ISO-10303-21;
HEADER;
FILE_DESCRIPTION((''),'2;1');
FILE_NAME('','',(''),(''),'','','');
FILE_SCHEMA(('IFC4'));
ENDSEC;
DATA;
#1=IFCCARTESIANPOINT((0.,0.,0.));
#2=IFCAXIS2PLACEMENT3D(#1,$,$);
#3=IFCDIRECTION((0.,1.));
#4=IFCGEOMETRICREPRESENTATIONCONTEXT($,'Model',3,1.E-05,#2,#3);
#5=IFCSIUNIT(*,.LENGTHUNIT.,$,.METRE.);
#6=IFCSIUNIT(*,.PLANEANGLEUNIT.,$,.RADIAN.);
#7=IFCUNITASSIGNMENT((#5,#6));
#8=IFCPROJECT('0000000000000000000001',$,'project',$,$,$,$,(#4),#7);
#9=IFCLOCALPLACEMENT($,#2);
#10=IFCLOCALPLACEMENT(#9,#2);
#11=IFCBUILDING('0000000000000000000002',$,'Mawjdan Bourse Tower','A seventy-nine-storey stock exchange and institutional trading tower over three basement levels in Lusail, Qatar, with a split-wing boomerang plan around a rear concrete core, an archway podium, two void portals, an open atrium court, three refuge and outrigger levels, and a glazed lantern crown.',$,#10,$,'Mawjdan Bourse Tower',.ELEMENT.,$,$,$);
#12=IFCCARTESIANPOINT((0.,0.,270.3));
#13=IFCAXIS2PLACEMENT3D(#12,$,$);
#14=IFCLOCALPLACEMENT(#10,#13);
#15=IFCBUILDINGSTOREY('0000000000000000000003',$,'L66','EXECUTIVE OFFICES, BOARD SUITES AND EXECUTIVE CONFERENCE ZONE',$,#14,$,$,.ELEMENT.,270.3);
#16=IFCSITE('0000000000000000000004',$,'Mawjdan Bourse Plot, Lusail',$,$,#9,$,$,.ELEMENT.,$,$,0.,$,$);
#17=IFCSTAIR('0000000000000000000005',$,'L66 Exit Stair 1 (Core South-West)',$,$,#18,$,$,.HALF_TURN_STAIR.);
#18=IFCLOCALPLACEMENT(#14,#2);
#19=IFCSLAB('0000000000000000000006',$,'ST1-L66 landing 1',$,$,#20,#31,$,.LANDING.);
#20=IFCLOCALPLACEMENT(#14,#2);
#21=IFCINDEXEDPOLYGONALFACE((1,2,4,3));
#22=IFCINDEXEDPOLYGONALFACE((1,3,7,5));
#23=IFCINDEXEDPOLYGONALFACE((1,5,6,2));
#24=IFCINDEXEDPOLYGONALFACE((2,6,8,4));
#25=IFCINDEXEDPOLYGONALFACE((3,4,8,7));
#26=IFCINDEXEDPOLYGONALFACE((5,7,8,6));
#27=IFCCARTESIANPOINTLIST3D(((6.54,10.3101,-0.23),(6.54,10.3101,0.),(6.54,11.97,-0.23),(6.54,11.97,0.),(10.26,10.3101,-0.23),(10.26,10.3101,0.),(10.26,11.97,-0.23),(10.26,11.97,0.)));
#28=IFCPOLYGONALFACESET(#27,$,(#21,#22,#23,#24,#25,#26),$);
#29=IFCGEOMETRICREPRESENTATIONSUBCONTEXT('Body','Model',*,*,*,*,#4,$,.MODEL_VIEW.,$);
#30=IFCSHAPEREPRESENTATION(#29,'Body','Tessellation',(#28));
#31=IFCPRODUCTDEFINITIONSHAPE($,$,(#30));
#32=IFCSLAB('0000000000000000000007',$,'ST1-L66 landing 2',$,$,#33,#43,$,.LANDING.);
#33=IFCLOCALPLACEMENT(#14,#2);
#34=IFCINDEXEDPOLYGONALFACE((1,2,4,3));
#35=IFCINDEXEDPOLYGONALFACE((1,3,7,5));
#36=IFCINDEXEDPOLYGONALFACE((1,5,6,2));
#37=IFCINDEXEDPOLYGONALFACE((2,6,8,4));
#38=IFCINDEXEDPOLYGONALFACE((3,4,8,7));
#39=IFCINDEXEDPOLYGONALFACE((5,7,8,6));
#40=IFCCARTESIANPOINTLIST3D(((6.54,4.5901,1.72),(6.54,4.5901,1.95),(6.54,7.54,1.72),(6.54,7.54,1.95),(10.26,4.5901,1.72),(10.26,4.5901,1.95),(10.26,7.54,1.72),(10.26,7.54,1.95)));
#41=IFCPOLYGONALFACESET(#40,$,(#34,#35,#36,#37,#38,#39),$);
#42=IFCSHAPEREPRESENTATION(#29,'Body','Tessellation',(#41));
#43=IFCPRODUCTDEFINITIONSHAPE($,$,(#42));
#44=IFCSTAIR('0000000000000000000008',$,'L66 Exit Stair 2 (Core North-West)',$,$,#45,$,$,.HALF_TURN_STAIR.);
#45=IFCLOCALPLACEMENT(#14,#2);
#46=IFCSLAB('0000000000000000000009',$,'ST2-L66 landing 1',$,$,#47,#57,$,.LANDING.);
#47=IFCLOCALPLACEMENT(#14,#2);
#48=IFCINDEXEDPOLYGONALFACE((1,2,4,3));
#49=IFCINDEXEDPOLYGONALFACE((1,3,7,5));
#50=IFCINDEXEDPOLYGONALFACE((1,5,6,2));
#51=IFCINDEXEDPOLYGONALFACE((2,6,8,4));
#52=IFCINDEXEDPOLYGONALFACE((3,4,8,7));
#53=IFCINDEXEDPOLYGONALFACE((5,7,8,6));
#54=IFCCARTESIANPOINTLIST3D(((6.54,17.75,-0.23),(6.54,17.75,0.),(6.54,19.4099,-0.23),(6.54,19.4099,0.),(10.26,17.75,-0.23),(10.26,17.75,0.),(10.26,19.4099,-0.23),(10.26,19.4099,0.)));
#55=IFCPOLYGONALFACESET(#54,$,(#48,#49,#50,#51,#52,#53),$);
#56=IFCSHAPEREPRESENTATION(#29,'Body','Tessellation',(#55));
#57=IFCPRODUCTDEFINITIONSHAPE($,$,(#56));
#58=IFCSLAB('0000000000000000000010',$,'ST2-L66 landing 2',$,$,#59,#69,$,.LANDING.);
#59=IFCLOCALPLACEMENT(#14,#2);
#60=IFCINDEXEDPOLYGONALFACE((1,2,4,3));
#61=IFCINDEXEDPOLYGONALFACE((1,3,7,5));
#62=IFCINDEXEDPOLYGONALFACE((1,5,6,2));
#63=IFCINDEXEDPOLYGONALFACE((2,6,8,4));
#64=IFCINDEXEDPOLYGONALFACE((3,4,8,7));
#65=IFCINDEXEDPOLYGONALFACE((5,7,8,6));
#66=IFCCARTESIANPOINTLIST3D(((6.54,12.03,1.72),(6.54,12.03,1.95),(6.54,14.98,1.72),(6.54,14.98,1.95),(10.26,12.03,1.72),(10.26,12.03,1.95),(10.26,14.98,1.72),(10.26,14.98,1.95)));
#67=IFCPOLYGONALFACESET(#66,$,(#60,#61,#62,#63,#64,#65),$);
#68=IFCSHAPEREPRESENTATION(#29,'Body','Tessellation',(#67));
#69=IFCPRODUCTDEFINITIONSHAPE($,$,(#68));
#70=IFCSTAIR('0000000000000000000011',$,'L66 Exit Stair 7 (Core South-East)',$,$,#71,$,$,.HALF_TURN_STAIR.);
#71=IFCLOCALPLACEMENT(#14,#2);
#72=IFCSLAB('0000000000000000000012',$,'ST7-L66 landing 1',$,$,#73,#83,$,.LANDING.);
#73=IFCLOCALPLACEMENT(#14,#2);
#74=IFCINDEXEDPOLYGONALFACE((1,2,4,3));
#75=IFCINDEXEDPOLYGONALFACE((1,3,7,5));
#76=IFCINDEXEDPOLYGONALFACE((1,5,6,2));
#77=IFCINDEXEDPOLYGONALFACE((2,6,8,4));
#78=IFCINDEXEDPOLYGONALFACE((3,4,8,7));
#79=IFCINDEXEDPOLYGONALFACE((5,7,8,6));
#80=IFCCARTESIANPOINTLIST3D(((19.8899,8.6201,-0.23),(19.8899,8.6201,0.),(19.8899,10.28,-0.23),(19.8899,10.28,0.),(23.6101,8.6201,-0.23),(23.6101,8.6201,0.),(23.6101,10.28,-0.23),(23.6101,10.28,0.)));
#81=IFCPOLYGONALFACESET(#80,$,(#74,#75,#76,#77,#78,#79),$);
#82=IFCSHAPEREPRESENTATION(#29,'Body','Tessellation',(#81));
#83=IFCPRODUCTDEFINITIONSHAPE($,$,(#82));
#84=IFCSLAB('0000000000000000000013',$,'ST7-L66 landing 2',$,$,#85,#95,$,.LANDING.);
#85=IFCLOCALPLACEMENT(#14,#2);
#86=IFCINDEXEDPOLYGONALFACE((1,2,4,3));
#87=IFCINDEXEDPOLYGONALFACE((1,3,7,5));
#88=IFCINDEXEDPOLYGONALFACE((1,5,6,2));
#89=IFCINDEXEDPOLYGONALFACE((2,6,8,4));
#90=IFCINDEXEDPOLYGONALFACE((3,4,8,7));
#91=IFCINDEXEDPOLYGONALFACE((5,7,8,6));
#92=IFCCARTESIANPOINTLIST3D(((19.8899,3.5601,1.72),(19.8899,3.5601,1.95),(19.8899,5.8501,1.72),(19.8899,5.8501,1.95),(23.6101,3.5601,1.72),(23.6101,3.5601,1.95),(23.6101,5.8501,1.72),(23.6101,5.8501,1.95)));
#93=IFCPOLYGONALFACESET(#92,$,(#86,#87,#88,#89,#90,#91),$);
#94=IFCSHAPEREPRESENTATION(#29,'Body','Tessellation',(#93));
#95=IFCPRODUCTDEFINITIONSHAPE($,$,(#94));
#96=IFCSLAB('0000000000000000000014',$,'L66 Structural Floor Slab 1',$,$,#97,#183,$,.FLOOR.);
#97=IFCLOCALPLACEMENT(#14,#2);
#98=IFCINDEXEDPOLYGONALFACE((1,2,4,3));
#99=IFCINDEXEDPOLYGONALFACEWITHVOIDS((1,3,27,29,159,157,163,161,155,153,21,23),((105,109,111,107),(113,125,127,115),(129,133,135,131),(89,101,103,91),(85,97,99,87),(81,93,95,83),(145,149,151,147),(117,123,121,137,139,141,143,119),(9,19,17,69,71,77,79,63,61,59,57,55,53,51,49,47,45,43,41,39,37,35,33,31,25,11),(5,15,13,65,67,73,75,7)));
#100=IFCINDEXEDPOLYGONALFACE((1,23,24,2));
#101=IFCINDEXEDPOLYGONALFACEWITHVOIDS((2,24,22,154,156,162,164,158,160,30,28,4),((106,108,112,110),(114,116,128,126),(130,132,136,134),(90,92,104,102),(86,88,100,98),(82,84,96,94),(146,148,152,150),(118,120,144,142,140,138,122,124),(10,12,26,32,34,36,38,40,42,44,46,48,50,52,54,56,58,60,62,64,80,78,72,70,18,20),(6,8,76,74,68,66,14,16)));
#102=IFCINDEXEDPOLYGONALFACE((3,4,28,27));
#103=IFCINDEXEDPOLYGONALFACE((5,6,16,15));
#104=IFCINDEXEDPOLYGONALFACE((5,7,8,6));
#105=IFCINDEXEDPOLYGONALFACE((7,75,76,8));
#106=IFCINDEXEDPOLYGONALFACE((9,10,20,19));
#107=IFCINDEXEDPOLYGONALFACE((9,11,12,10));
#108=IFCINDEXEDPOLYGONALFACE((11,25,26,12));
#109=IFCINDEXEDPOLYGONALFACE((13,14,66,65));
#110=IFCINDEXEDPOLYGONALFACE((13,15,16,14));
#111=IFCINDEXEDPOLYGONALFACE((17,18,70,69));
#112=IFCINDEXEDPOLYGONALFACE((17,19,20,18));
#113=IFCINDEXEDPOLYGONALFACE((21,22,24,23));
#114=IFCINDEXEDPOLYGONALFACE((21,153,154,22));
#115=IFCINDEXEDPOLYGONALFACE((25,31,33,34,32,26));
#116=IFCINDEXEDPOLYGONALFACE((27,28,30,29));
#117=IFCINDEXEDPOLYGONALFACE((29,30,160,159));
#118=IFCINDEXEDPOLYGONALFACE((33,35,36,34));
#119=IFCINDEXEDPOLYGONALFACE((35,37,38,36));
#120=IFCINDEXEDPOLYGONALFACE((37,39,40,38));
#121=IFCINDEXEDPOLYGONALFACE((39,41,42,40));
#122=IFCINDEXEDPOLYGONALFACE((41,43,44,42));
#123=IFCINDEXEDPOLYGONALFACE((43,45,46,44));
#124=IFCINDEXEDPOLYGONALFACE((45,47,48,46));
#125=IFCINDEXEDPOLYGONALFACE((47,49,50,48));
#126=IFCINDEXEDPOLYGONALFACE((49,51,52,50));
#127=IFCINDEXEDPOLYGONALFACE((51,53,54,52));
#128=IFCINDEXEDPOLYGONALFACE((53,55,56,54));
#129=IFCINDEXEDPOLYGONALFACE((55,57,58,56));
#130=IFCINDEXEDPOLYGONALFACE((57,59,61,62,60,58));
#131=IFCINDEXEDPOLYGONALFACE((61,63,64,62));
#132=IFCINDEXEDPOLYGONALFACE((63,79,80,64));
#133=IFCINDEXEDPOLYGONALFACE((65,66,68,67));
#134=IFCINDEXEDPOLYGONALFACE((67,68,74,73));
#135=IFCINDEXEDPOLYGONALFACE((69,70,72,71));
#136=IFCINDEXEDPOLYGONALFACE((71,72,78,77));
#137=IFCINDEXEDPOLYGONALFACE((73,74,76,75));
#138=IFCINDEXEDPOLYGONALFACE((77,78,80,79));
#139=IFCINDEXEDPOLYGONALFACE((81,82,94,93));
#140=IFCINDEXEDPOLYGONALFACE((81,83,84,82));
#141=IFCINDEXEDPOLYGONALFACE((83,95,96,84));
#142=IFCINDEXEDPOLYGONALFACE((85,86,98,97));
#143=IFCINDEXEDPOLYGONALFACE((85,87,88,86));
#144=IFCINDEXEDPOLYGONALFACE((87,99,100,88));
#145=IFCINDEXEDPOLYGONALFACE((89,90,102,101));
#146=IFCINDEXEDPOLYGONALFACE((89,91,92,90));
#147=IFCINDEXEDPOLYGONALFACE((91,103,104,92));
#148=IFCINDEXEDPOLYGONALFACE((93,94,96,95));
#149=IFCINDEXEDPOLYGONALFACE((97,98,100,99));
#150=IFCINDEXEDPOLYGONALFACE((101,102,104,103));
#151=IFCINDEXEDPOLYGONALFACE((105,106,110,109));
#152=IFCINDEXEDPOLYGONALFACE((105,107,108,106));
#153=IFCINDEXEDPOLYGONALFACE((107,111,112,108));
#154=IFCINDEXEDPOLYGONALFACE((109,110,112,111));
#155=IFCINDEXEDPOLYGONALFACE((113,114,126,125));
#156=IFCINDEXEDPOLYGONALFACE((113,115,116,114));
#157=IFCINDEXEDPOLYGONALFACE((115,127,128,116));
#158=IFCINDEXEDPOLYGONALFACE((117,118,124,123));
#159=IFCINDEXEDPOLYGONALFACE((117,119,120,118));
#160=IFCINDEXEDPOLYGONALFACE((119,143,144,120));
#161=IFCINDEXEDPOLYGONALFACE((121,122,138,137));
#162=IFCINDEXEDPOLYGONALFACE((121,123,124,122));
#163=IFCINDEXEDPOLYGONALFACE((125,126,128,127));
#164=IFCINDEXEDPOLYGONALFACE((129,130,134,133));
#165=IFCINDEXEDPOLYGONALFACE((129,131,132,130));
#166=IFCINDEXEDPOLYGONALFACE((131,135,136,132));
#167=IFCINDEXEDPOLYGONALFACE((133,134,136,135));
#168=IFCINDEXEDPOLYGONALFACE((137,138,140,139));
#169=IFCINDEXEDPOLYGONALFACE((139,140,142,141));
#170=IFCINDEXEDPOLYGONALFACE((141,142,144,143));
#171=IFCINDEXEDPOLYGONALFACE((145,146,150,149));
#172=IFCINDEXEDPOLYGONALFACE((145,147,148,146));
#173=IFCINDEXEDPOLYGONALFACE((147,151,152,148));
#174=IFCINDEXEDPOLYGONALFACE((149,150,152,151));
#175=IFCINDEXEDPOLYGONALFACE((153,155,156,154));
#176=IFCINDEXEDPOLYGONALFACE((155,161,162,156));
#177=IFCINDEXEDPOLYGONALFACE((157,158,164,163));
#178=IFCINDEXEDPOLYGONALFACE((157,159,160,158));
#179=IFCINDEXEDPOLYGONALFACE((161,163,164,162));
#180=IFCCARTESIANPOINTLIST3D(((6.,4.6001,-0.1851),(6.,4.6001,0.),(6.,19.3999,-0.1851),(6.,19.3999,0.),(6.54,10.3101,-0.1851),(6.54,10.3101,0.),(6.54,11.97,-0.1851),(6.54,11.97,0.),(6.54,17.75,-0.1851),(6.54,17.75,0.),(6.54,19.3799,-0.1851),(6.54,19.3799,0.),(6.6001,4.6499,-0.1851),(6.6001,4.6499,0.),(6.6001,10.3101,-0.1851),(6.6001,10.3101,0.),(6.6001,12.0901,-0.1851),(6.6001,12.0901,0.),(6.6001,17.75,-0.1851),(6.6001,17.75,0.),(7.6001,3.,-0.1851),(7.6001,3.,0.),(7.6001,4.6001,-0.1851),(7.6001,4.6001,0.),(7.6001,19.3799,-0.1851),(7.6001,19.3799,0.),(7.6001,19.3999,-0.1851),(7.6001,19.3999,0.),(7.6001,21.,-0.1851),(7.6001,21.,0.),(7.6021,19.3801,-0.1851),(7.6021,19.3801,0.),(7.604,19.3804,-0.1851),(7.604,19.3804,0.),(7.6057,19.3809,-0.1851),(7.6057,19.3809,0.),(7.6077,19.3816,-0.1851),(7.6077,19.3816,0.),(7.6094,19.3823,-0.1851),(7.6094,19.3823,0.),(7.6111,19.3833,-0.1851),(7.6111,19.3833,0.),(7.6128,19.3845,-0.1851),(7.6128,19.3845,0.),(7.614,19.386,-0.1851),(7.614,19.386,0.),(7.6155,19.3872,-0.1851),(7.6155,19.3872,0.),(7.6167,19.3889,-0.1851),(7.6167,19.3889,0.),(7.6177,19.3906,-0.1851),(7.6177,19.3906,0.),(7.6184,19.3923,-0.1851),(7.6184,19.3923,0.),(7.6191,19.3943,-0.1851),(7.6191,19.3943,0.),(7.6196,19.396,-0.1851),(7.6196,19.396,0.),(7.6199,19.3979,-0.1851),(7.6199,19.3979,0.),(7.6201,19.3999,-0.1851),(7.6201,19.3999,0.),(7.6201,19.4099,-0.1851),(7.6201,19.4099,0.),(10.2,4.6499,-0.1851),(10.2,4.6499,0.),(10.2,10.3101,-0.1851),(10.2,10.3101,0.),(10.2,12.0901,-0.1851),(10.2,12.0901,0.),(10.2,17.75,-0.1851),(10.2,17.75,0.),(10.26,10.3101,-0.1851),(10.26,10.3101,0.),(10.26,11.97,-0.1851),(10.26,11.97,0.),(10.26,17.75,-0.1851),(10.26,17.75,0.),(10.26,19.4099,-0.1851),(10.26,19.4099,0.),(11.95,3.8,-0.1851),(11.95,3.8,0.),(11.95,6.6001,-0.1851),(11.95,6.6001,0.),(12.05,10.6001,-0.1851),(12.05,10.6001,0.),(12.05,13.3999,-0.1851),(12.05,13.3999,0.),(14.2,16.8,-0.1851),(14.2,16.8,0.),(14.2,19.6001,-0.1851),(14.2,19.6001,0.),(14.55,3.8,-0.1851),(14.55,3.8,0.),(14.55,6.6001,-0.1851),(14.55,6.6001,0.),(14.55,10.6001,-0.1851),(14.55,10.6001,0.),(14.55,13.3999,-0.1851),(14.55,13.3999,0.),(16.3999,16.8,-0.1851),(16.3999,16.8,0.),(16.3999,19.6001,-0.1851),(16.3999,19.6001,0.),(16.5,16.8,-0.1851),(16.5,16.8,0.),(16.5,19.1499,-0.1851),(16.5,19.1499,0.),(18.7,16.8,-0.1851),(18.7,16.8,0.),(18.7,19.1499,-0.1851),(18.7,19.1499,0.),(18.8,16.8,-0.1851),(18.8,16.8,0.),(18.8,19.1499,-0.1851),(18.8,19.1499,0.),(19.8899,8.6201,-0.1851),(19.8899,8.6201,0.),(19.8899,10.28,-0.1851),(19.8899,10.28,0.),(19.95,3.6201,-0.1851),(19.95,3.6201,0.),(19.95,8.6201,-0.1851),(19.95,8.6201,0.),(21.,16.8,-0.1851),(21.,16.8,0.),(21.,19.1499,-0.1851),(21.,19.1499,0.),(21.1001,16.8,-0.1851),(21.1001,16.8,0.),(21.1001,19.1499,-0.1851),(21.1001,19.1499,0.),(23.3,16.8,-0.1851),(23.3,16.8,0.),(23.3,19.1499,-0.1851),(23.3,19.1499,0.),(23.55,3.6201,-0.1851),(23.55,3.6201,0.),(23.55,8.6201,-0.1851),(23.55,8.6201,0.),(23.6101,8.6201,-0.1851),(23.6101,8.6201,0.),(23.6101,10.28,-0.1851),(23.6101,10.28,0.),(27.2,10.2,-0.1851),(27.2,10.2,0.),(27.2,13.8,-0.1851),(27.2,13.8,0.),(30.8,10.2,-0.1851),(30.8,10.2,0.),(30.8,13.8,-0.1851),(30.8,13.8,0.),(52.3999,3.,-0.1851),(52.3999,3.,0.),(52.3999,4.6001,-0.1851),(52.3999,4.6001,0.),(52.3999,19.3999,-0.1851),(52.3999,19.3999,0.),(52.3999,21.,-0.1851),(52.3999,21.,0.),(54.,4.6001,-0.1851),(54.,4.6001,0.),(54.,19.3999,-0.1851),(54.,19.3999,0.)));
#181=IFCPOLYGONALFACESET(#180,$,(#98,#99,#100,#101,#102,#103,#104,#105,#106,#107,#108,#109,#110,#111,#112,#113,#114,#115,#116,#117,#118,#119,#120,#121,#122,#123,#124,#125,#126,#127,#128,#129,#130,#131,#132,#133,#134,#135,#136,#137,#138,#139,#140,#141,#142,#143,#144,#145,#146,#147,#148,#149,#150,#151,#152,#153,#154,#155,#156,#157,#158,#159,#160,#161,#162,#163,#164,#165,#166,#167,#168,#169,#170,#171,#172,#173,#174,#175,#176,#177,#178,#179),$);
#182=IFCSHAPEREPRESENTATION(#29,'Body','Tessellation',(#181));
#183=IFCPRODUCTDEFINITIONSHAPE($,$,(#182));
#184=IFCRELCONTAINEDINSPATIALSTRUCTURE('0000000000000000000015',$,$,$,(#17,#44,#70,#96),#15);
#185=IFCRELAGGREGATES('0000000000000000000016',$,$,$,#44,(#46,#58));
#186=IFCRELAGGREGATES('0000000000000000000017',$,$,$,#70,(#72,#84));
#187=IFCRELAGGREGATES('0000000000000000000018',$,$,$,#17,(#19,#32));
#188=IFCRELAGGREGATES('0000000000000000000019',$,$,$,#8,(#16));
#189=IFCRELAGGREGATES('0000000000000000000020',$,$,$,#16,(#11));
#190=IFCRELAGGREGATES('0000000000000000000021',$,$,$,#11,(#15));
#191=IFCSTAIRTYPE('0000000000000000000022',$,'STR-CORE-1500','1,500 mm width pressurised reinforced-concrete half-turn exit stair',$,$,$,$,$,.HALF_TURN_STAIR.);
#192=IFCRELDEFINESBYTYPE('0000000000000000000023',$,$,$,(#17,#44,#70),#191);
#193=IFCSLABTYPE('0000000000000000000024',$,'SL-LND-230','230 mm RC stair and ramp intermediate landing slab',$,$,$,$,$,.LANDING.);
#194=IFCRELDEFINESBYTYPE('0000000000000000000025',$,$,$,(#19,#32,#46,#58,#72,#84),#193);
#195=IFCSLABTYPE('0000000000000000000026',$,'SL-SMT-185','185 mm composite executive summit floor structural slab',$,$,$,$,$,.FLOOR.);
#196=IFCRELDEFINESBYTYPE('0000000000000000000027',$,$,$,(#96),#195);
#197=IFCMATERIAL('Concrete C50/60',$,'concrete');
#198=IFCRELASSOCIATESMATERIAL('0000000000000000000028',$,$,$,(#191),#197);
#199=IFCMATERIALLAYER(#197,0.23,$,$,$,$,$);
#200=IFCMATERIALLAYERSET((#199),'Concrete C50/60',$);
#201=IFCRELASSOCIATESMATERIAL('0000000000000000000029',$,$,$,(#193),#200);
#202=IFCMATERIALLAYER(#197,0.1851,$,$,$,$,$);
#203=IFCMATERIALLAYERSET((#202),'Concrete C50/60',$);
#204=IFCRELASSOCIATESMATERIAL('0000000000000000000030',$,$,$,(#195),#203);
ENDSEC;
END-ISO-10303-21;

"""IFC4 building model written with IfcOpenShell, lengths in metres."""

from ifc_helpers import new_model, si_unit, direction, frame, origin, place, context, subcontext, project, spatial, polyline, outline, extrude, material, layer, layer_set, type_object, element, aggregate, save


model = new_model("IFC4")

# Units and contexts
model_context = context("Model", 3, precision=1e-05, world=origin(), true_north=direction((0.0, 1.0)))
body_context = subcontext(model_context, "Body", "Model", "MODEL_VIEW")
ifc_project = project(units=[si_unit("LENGTHUNIT", "METRE"), si_unit("PLANEANGLEUNIT", "RADIAN")], contexts=[model_context])

# Site, building, storey
site_placement = place(None, origin())
site = spatial("IfcSite", under=ifc_project, at=site_placement, Name="Mawjdan Bourse Plot, Lusail", CompositionType="ELEMENT", RefElevation=0.0)
building_placement = place(site_placement, origin())
building = spatial("IfcBuilding", under=site, at=building_placement, Name="Mawjdan Bourse Tower", Description="A seventy-nine-storey stock exchange and institutional trading tower over three basement levels in Lusail, Qatar, with a split-wing boomerang plan around a rear concrete core, an archway podium, two void portals, an open atrium court, three refuge and outrigger levels, and a glazed lantern crown.", LongName="Mawjdan Bourse Tower", CompositionType="ELEMENT")
storey_placement = place(building_placement, frame((0.0, 0.0, 270.3)))
storey = spatial("IfcBuildingStorey", under=building, at=storey_placement, Name="L66", Description="EXECUTIVE OFFICES, BOARD SUITES AND EXECUTIVE CONFERENCE ZONE", CompositionType="ELEMENT", Elevation=270.3)

# Stairs, slabs
ifc_material_1 = material(Name="Concrete C50/60", Category="concrete")
stair_type = type_object("IfcStairType", Name="STR-CORE-1500", Description="1,500 mm width pressurised reinforced-concrete half-turn exit stair", PredefinedType="HALF_TURN_STAIR", material=ifc_material_1)
stair_1_placement = place(storey_placement, origin())
stair_1 = element("IfcStair", 1, at=stair_1_placement, inside=storey, type_object=stair_type, Name="L66 Exit Stair 1 (Core South-West)", PredefinedType="HALF_TURN_STAIR")
ifc_layer_1 = layer(ifc_material_1, 0.23)
ifc_layer_set_1 = layer_set([ifc_layer_1], Name="Concrete C50/60")
slab_type_1 = type_object("IfcSlabType", Name="SL-LND-230", Description="230 mm RC stair and ramp intermediate landing slab", PredefinedType="LANDING", material=ifc_layer_set_1)
slab_1_placement = place(storey_placement, frame((0.0, 0.0, -0.23)))
slab_1 = element("IfcSlab", 2, at=slab_1_placement, type_object=slab_type_1, Name="ST1-L66 landing 1", PredefinedType="LANDING", context=body_context, shape_type="SweptSolid", body=[
    extrude(outline(polyline([(6.54, 10.3101), (10.26, 10.3101), (10.26, 11.97), (6.54, 11.97), (6.54, 10.3101)])), origin(), (0.0, 0.0, 1.0), 0.23),
])
slab_2_placement = place(storey_placement, frame((0.0, 0.0, 1.72)))
slab_2 = element("IfcSlab", 3, at=slab_2_placement, type_object=slab_type_1, Name="ST1-L66 landing 2", PredefinedType="LANDING", context=body_context, shape_type="SweptSolid", body=[
    extrude(outline(polyline([(6.54, 4.5901), (10.26, 4.5901), (10.26, 7.54), (6.54, 7.54), (6.54, 4.5901)])), origin(), (0.0, 0.0, 1.0), 0.23),
])
stair_2_placement = place(storey_placement, origin())
stair_2 = element("IfcStair", 4, at=stair_2_placement, inside=storey, type_object=stair_type, Name="L66 Exit Stair 2 (Core North-West)", PredefinedType="HALF_TURN_STAIR")
slab_3_placement = place(storey_placement, frame((0.0, 0.0, -0.23)))
slab_3 = element("IfcSlab", 5, at=slab_3_placement, type_object=slab_type_1, Name="ST2-L66 landing 1", PredefinedType="LANDING", context=body_context, shape_type="SweptSolid", body=[
    extrude(outline(polyline([(6.54, 17.75), (10.26, 17.75), (10.26, 19.4099), (6.54, 19.4099), (6.54, 17.75)])), origin(), (0.0, 0.0, 1.0), 0.23),
])
slab_4_placement = place(storey_placement, frame((0.0, 0.0, 1.72)))
slab_4 = element("IfcSlab", 6, at=slab_4_placement, type_object=slab_type_1, Name="ST2-L66 landing 2", PredefinedType="LANDING", context=body_context, shape_type="SweptSolid", body=[
    extrude(outline(polyline([(6.54, 12.03), (10.26, 12.03), (10.26, 14.98), (6.54, 14.98), (6.54, 12.03)])), origin(), (0.0, 0.0, 1.0), 0.23),
])
aggregate(stair_2, [slab_3, slab_4])
stair_3_placement = place(storey_placement, origin())
stair_3 = element("IfcStair", 7, at=stair_3_placement, inside=storey, type_object=stair_type, Name="L66 Exit Stair 7 (Core South-East)", PredefinedType="HALF_TURN_STAIR")
slab_5_placement = place(storey_placement, frame((0.0, 0.0, -0.23)))
slab_5 = element("IfcSlab", 8, at=slab_5_placement, type_object=slab_type_1, Name="ST7-L66 landing 1", PredefinedType="LANDING", context=body_context, shape_type="SweptSolid", body=[
    extrude(outline(polyline([(19.8899, 8.6201), (23.6101, 8.6201), (23.6101, 10.28), (19.8899, 10.28), (19.8899, 8.6201)])), origin(), (0.0, 0.0, 1.0), 0.23),
])
slab_6_placement = place(storey_placement, frame((0.0, 0.0, 1.72)))
slab_6 = element("IfcSlab", 9, at=slab_6_placement, type_object=slab_type_1, Name="ST7-L66 landing 2", PredefinedType="LANDING", context=body_context, shape_type="SweptSolid", body=[
    extrude(outline(polyline([(19.8899, 3.5601), (23.6101, 3.5601), (23.6101, 5.8501), (19.8899, 5.8501), (19.8899, 3.5601)])), origin(), (0.0, 0.0, 1.0), 0.23),
])
aggregate(stair_3, [slab_5, slab_6])

# Slab
ifc_layer_2 = layer(ifc_material_1, 0.1851)
ifc_layer_set_2 = layer_set([ifc_layer_2], Name="Concrete C50/60")
slab_type_2 = type_object("IfcSlabType", Name="SL-SMT-185", Description="185 mm composite executive summit floor structural slab", PredefinedType="FLOOR", material=ifc_layer_set_2)
slab_7_placement = place(storey_placement, frame((0.0, 0.0, -0.1851)))
element("IfcSlab", 10, at=slab_7_placement, inside=storey, type_object=slab_type_2, Name="L66 Structural Floor Slab 1", PredefinedType="FLOOR", context=body_context, shape_type="SweptSolid", body=[
    extrude(outline(polyline([(7.6001, 3.0), (52.3999, 3.0), (52.3999, 4.6001), (54.0, 4.6001), (54.0, 19.3999), (52.3999, 19.3999), (52.3999, 21.0), (7.6001, 21.0), (7.6001, 19.3999), (6.0, 19.3999), (6.0, 4.6001), (7.6001, 4.6001), (7.6001, 3.0)]), holes=[polyline([(14.55, 3.8), (11.95, 3.8), (11.95, 6.6001), (14.55, 6.6001), (14.55, 3.8)]), polyline([(10.26, 11.97), (10.26, 10.3101), (10.2, 10.3101), (10.2, 4.6499), (6.6001, 4.6499), (6.6001, 10.3101), (6.54, 10.3101), (6.54, 11.97), (10.26, 11.97)]), polyline([(14.55, 10.6001), (12.05, 10.6001), (12.05, 13.3999), (14.55, 13.3999), (14.55, 10.6001)]), polyline([(6.6001, 12.0901), (6.6001, 17.75), (6.54, 17.75), (6.54, 19.3799), (7.6001, 19.3799), (7.6021, 19.3801), (7.604, 19.3804), (7.6057, 19.3809), (7.6077, 19.3816), (7.6094, 19.3823), (7.6111, 19.3833), (7.6128, 19.3845), (7.614, 19.386), (7.6155, 19.3872), (7.6167, 19.3889), (7.6177, 19.3906), (7.6184, 19.3923), (7.6191, 19.3943), (7.6196, 19.396), (7.6199, 19.3979), (7.6201, 19.3999), (7.6201, 19.4099), (10.26, 19.4099), (10.26, 17.75), (10.2, 17.75), (10.2, 12.0901), (6.6001, 12.0901)]), polyline([(14.2, 16.8), (14.2, 19.6001), (16.3999, 19.6001), (16.3999, 16.8), (14.2, 16.8)]), polyline([(23.6101, 10.28), (23.6101, 8.6201), (23.55, 8.6201), (23.55, 3.6201), (19.95, 3.6201), (19.95, 8.6201), (19.8899, 8.6201), (19.8899, 10.28), (23.6101, 10.28)]), polyline([(27.2, 10.2), (27.2, 13.8), (30.8, 13.8), (30.8, 10.2), (27.2, 10.2)]), polyline([(16.5, 16.8), (16.5, 19.1499), (18.7, 19.1499), (18.7, 16.8), (16.5, 16.8)]), polyline([(18.8, 16.8), (18.8, 19.1499), (21.0, 19.1499), (21.0, 16.8), (18.8, 16.8)]), polyline([(21.1001, 16.8), (21.1001, 19.1499), (23.3, 19.1499), (23.3, 16.8), (21.1001, 16.8)])]), origin(), (0.0, 0.0, 1.0), 0.1851),
])

aggregate(stair_1, [slab_1, slab_2])

save(model, "model.ifc")
